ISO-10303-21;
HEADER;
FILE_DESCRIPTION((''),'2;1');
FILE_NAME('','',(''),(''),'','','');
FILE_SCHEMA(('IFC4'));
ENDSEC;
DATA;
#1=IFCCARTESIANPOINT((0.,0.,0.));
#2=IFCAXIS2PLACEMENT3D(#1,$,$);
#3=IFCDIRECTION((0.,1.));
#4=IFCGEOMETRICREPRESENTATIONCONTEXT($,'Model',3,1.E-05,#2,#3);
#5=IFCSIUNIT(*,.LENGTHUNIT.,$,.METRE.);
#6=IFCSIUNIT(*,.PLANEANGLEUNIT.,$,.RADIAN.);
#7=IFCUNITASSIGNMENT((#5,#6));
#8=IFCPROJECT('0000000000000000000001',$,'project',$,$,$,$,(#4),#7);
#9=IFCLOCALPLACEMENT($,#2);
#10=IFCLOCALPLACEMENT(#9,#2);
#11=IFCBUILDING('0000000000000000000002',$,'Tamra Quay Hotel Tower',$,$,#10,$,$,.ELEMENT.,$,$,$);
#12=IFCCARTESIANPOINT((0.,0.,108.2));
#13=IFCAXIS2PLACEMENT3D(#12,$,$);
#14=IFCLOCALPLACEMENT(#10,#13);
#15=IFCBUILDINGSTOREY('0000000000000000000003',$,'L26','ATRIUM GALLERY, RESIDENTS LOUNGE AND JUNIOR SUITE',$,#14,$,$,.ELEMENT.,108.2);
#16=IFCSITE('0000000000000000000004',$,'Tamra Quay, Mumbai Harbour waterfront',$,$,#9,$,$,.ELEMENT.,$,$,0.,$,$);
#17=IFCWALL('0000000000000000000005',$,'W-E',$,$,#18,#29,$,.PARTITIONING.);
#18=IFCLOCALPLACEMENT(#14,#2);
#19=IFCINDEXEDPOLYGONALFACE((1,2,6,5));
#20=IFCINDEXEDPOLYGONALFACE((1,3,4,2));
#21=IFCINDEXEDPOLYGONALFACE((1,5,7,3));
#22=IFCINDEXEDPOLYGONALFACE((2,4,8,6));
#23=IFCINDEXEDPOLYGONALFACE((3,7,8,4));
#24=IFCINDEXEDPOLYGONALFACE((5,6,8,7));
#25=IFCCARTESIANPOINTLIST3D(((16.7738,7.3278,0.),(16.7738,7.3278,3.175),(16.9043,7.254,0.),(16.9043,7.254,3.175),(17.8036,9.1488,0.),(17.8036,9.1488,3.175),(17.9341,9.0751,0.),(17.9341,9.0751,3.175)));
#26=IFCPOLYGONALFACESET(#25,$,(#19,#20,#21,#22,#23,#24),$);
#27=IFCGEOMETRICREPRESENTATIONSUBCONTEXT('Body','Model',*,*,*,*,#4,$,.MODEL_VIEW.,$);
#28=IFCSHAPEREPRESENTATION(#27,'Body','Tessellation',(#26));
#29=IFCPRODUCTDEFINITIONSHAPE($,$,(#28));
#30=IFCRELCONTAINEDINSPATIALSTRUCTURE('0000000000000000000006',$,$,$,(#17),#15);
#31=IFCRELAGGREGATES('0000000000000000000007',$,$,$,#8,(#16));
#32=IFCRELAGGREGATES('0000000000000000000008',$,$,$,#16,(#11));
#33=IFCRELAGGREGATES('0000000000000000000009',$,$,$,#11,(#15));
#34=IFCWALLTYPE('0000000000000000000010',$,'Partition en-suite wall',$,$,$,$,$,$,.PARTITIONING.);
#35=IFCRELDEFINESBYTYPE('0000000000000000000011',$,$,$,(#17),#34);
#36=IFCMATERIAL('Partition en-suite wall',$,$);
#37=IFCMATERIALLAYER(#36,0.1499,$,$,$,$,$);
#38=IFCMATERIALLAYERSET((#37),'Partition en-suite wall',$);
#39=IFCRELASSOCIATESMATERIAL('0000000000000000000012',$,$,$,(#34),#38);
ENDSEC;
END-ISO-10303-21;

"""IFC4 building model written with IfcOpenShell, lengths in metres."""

from ifc_helpers import new_model, si_unit, direction, frame, frame_2d, origin, place, context, subcontext, project, spatial, rectangle, extrude, material, layer, layer_set, type_object, element, save


model = new_model("IFC4")

# Units and contexts
model_context = context("Model", 3, precision=1e-05, world=origin(), true_north=direction((0.0, 1.0)))
body_context = subcontext(model_context, "Body", "Model", "MODEL_VIEW")
ifc_project = project(units=[si_unit("LENGTHUNIT", "METRE"), si_unit("PLANEANGLEUNIT", "RADIAN")], contexts=[model_context])

# Site, building, storey
site_placement = place(None, origin())
site = spatial("IfcSite", under=ifc_project, at=site_placement, Name="Tamra Quay, Mumbai Harbour waterfront", CompositionType="ELEMENT", RefElevation=0.0)
building_placement = place(site_placement, origin())
building = spatial("IfcBuilding", under=site, at=building_placement, Name="Tamra Quay Hotel Tower", CompositionType="ELEMENT")
storey_placement = place(building_placement, frame((0.0, 0.0, 108.2)))
storey = spatial("IfcBuildingStorey", under=building, at=storey_placement, Name="L26", Description="ATRIUM GALLERY, RESIDENTS LOUNGE AND JUNIOR SUITE", CompositionType="ELEMENT", Elevation=108.2)

# Shared definitions
ifc_material_1 = material(Name="Partition en-suite wall")
ifc_layer_1 = layer(ifc_material_1, 0.1499)
ifc_layer_set_1 = layer_set([ifc_layer_1], Name="Partition en-suite wall")
wall_type_1 = type_object("IfcWallType", Name="Partition en-suite wall", PredefinedType="PARTITIONING", material=ifc_layer_set_1)

# Wall
wall_1_placement = place(storey_placement, frame((16.8391, 7.291, 0.0), z_axis=(0.0, 0.0, 1.0), x_axis=(0.492238, 0.870461, 0.0)))
element("IfcWall", 1, at=wall_1_placement, inside=storey, type_object=wall_type_1, Name="W-E", PredefinedType="PARTITIONING", context=body_context, shape_type="SweptSolid", body=[
    extrude(rectangle(XDim=2.092, YDim=0.1499, at=frame_2d((1.0459, 0.0))), origin(), (0.0, 0.0, 1.0), 3.175),
])

save(model, "model.ifc")
